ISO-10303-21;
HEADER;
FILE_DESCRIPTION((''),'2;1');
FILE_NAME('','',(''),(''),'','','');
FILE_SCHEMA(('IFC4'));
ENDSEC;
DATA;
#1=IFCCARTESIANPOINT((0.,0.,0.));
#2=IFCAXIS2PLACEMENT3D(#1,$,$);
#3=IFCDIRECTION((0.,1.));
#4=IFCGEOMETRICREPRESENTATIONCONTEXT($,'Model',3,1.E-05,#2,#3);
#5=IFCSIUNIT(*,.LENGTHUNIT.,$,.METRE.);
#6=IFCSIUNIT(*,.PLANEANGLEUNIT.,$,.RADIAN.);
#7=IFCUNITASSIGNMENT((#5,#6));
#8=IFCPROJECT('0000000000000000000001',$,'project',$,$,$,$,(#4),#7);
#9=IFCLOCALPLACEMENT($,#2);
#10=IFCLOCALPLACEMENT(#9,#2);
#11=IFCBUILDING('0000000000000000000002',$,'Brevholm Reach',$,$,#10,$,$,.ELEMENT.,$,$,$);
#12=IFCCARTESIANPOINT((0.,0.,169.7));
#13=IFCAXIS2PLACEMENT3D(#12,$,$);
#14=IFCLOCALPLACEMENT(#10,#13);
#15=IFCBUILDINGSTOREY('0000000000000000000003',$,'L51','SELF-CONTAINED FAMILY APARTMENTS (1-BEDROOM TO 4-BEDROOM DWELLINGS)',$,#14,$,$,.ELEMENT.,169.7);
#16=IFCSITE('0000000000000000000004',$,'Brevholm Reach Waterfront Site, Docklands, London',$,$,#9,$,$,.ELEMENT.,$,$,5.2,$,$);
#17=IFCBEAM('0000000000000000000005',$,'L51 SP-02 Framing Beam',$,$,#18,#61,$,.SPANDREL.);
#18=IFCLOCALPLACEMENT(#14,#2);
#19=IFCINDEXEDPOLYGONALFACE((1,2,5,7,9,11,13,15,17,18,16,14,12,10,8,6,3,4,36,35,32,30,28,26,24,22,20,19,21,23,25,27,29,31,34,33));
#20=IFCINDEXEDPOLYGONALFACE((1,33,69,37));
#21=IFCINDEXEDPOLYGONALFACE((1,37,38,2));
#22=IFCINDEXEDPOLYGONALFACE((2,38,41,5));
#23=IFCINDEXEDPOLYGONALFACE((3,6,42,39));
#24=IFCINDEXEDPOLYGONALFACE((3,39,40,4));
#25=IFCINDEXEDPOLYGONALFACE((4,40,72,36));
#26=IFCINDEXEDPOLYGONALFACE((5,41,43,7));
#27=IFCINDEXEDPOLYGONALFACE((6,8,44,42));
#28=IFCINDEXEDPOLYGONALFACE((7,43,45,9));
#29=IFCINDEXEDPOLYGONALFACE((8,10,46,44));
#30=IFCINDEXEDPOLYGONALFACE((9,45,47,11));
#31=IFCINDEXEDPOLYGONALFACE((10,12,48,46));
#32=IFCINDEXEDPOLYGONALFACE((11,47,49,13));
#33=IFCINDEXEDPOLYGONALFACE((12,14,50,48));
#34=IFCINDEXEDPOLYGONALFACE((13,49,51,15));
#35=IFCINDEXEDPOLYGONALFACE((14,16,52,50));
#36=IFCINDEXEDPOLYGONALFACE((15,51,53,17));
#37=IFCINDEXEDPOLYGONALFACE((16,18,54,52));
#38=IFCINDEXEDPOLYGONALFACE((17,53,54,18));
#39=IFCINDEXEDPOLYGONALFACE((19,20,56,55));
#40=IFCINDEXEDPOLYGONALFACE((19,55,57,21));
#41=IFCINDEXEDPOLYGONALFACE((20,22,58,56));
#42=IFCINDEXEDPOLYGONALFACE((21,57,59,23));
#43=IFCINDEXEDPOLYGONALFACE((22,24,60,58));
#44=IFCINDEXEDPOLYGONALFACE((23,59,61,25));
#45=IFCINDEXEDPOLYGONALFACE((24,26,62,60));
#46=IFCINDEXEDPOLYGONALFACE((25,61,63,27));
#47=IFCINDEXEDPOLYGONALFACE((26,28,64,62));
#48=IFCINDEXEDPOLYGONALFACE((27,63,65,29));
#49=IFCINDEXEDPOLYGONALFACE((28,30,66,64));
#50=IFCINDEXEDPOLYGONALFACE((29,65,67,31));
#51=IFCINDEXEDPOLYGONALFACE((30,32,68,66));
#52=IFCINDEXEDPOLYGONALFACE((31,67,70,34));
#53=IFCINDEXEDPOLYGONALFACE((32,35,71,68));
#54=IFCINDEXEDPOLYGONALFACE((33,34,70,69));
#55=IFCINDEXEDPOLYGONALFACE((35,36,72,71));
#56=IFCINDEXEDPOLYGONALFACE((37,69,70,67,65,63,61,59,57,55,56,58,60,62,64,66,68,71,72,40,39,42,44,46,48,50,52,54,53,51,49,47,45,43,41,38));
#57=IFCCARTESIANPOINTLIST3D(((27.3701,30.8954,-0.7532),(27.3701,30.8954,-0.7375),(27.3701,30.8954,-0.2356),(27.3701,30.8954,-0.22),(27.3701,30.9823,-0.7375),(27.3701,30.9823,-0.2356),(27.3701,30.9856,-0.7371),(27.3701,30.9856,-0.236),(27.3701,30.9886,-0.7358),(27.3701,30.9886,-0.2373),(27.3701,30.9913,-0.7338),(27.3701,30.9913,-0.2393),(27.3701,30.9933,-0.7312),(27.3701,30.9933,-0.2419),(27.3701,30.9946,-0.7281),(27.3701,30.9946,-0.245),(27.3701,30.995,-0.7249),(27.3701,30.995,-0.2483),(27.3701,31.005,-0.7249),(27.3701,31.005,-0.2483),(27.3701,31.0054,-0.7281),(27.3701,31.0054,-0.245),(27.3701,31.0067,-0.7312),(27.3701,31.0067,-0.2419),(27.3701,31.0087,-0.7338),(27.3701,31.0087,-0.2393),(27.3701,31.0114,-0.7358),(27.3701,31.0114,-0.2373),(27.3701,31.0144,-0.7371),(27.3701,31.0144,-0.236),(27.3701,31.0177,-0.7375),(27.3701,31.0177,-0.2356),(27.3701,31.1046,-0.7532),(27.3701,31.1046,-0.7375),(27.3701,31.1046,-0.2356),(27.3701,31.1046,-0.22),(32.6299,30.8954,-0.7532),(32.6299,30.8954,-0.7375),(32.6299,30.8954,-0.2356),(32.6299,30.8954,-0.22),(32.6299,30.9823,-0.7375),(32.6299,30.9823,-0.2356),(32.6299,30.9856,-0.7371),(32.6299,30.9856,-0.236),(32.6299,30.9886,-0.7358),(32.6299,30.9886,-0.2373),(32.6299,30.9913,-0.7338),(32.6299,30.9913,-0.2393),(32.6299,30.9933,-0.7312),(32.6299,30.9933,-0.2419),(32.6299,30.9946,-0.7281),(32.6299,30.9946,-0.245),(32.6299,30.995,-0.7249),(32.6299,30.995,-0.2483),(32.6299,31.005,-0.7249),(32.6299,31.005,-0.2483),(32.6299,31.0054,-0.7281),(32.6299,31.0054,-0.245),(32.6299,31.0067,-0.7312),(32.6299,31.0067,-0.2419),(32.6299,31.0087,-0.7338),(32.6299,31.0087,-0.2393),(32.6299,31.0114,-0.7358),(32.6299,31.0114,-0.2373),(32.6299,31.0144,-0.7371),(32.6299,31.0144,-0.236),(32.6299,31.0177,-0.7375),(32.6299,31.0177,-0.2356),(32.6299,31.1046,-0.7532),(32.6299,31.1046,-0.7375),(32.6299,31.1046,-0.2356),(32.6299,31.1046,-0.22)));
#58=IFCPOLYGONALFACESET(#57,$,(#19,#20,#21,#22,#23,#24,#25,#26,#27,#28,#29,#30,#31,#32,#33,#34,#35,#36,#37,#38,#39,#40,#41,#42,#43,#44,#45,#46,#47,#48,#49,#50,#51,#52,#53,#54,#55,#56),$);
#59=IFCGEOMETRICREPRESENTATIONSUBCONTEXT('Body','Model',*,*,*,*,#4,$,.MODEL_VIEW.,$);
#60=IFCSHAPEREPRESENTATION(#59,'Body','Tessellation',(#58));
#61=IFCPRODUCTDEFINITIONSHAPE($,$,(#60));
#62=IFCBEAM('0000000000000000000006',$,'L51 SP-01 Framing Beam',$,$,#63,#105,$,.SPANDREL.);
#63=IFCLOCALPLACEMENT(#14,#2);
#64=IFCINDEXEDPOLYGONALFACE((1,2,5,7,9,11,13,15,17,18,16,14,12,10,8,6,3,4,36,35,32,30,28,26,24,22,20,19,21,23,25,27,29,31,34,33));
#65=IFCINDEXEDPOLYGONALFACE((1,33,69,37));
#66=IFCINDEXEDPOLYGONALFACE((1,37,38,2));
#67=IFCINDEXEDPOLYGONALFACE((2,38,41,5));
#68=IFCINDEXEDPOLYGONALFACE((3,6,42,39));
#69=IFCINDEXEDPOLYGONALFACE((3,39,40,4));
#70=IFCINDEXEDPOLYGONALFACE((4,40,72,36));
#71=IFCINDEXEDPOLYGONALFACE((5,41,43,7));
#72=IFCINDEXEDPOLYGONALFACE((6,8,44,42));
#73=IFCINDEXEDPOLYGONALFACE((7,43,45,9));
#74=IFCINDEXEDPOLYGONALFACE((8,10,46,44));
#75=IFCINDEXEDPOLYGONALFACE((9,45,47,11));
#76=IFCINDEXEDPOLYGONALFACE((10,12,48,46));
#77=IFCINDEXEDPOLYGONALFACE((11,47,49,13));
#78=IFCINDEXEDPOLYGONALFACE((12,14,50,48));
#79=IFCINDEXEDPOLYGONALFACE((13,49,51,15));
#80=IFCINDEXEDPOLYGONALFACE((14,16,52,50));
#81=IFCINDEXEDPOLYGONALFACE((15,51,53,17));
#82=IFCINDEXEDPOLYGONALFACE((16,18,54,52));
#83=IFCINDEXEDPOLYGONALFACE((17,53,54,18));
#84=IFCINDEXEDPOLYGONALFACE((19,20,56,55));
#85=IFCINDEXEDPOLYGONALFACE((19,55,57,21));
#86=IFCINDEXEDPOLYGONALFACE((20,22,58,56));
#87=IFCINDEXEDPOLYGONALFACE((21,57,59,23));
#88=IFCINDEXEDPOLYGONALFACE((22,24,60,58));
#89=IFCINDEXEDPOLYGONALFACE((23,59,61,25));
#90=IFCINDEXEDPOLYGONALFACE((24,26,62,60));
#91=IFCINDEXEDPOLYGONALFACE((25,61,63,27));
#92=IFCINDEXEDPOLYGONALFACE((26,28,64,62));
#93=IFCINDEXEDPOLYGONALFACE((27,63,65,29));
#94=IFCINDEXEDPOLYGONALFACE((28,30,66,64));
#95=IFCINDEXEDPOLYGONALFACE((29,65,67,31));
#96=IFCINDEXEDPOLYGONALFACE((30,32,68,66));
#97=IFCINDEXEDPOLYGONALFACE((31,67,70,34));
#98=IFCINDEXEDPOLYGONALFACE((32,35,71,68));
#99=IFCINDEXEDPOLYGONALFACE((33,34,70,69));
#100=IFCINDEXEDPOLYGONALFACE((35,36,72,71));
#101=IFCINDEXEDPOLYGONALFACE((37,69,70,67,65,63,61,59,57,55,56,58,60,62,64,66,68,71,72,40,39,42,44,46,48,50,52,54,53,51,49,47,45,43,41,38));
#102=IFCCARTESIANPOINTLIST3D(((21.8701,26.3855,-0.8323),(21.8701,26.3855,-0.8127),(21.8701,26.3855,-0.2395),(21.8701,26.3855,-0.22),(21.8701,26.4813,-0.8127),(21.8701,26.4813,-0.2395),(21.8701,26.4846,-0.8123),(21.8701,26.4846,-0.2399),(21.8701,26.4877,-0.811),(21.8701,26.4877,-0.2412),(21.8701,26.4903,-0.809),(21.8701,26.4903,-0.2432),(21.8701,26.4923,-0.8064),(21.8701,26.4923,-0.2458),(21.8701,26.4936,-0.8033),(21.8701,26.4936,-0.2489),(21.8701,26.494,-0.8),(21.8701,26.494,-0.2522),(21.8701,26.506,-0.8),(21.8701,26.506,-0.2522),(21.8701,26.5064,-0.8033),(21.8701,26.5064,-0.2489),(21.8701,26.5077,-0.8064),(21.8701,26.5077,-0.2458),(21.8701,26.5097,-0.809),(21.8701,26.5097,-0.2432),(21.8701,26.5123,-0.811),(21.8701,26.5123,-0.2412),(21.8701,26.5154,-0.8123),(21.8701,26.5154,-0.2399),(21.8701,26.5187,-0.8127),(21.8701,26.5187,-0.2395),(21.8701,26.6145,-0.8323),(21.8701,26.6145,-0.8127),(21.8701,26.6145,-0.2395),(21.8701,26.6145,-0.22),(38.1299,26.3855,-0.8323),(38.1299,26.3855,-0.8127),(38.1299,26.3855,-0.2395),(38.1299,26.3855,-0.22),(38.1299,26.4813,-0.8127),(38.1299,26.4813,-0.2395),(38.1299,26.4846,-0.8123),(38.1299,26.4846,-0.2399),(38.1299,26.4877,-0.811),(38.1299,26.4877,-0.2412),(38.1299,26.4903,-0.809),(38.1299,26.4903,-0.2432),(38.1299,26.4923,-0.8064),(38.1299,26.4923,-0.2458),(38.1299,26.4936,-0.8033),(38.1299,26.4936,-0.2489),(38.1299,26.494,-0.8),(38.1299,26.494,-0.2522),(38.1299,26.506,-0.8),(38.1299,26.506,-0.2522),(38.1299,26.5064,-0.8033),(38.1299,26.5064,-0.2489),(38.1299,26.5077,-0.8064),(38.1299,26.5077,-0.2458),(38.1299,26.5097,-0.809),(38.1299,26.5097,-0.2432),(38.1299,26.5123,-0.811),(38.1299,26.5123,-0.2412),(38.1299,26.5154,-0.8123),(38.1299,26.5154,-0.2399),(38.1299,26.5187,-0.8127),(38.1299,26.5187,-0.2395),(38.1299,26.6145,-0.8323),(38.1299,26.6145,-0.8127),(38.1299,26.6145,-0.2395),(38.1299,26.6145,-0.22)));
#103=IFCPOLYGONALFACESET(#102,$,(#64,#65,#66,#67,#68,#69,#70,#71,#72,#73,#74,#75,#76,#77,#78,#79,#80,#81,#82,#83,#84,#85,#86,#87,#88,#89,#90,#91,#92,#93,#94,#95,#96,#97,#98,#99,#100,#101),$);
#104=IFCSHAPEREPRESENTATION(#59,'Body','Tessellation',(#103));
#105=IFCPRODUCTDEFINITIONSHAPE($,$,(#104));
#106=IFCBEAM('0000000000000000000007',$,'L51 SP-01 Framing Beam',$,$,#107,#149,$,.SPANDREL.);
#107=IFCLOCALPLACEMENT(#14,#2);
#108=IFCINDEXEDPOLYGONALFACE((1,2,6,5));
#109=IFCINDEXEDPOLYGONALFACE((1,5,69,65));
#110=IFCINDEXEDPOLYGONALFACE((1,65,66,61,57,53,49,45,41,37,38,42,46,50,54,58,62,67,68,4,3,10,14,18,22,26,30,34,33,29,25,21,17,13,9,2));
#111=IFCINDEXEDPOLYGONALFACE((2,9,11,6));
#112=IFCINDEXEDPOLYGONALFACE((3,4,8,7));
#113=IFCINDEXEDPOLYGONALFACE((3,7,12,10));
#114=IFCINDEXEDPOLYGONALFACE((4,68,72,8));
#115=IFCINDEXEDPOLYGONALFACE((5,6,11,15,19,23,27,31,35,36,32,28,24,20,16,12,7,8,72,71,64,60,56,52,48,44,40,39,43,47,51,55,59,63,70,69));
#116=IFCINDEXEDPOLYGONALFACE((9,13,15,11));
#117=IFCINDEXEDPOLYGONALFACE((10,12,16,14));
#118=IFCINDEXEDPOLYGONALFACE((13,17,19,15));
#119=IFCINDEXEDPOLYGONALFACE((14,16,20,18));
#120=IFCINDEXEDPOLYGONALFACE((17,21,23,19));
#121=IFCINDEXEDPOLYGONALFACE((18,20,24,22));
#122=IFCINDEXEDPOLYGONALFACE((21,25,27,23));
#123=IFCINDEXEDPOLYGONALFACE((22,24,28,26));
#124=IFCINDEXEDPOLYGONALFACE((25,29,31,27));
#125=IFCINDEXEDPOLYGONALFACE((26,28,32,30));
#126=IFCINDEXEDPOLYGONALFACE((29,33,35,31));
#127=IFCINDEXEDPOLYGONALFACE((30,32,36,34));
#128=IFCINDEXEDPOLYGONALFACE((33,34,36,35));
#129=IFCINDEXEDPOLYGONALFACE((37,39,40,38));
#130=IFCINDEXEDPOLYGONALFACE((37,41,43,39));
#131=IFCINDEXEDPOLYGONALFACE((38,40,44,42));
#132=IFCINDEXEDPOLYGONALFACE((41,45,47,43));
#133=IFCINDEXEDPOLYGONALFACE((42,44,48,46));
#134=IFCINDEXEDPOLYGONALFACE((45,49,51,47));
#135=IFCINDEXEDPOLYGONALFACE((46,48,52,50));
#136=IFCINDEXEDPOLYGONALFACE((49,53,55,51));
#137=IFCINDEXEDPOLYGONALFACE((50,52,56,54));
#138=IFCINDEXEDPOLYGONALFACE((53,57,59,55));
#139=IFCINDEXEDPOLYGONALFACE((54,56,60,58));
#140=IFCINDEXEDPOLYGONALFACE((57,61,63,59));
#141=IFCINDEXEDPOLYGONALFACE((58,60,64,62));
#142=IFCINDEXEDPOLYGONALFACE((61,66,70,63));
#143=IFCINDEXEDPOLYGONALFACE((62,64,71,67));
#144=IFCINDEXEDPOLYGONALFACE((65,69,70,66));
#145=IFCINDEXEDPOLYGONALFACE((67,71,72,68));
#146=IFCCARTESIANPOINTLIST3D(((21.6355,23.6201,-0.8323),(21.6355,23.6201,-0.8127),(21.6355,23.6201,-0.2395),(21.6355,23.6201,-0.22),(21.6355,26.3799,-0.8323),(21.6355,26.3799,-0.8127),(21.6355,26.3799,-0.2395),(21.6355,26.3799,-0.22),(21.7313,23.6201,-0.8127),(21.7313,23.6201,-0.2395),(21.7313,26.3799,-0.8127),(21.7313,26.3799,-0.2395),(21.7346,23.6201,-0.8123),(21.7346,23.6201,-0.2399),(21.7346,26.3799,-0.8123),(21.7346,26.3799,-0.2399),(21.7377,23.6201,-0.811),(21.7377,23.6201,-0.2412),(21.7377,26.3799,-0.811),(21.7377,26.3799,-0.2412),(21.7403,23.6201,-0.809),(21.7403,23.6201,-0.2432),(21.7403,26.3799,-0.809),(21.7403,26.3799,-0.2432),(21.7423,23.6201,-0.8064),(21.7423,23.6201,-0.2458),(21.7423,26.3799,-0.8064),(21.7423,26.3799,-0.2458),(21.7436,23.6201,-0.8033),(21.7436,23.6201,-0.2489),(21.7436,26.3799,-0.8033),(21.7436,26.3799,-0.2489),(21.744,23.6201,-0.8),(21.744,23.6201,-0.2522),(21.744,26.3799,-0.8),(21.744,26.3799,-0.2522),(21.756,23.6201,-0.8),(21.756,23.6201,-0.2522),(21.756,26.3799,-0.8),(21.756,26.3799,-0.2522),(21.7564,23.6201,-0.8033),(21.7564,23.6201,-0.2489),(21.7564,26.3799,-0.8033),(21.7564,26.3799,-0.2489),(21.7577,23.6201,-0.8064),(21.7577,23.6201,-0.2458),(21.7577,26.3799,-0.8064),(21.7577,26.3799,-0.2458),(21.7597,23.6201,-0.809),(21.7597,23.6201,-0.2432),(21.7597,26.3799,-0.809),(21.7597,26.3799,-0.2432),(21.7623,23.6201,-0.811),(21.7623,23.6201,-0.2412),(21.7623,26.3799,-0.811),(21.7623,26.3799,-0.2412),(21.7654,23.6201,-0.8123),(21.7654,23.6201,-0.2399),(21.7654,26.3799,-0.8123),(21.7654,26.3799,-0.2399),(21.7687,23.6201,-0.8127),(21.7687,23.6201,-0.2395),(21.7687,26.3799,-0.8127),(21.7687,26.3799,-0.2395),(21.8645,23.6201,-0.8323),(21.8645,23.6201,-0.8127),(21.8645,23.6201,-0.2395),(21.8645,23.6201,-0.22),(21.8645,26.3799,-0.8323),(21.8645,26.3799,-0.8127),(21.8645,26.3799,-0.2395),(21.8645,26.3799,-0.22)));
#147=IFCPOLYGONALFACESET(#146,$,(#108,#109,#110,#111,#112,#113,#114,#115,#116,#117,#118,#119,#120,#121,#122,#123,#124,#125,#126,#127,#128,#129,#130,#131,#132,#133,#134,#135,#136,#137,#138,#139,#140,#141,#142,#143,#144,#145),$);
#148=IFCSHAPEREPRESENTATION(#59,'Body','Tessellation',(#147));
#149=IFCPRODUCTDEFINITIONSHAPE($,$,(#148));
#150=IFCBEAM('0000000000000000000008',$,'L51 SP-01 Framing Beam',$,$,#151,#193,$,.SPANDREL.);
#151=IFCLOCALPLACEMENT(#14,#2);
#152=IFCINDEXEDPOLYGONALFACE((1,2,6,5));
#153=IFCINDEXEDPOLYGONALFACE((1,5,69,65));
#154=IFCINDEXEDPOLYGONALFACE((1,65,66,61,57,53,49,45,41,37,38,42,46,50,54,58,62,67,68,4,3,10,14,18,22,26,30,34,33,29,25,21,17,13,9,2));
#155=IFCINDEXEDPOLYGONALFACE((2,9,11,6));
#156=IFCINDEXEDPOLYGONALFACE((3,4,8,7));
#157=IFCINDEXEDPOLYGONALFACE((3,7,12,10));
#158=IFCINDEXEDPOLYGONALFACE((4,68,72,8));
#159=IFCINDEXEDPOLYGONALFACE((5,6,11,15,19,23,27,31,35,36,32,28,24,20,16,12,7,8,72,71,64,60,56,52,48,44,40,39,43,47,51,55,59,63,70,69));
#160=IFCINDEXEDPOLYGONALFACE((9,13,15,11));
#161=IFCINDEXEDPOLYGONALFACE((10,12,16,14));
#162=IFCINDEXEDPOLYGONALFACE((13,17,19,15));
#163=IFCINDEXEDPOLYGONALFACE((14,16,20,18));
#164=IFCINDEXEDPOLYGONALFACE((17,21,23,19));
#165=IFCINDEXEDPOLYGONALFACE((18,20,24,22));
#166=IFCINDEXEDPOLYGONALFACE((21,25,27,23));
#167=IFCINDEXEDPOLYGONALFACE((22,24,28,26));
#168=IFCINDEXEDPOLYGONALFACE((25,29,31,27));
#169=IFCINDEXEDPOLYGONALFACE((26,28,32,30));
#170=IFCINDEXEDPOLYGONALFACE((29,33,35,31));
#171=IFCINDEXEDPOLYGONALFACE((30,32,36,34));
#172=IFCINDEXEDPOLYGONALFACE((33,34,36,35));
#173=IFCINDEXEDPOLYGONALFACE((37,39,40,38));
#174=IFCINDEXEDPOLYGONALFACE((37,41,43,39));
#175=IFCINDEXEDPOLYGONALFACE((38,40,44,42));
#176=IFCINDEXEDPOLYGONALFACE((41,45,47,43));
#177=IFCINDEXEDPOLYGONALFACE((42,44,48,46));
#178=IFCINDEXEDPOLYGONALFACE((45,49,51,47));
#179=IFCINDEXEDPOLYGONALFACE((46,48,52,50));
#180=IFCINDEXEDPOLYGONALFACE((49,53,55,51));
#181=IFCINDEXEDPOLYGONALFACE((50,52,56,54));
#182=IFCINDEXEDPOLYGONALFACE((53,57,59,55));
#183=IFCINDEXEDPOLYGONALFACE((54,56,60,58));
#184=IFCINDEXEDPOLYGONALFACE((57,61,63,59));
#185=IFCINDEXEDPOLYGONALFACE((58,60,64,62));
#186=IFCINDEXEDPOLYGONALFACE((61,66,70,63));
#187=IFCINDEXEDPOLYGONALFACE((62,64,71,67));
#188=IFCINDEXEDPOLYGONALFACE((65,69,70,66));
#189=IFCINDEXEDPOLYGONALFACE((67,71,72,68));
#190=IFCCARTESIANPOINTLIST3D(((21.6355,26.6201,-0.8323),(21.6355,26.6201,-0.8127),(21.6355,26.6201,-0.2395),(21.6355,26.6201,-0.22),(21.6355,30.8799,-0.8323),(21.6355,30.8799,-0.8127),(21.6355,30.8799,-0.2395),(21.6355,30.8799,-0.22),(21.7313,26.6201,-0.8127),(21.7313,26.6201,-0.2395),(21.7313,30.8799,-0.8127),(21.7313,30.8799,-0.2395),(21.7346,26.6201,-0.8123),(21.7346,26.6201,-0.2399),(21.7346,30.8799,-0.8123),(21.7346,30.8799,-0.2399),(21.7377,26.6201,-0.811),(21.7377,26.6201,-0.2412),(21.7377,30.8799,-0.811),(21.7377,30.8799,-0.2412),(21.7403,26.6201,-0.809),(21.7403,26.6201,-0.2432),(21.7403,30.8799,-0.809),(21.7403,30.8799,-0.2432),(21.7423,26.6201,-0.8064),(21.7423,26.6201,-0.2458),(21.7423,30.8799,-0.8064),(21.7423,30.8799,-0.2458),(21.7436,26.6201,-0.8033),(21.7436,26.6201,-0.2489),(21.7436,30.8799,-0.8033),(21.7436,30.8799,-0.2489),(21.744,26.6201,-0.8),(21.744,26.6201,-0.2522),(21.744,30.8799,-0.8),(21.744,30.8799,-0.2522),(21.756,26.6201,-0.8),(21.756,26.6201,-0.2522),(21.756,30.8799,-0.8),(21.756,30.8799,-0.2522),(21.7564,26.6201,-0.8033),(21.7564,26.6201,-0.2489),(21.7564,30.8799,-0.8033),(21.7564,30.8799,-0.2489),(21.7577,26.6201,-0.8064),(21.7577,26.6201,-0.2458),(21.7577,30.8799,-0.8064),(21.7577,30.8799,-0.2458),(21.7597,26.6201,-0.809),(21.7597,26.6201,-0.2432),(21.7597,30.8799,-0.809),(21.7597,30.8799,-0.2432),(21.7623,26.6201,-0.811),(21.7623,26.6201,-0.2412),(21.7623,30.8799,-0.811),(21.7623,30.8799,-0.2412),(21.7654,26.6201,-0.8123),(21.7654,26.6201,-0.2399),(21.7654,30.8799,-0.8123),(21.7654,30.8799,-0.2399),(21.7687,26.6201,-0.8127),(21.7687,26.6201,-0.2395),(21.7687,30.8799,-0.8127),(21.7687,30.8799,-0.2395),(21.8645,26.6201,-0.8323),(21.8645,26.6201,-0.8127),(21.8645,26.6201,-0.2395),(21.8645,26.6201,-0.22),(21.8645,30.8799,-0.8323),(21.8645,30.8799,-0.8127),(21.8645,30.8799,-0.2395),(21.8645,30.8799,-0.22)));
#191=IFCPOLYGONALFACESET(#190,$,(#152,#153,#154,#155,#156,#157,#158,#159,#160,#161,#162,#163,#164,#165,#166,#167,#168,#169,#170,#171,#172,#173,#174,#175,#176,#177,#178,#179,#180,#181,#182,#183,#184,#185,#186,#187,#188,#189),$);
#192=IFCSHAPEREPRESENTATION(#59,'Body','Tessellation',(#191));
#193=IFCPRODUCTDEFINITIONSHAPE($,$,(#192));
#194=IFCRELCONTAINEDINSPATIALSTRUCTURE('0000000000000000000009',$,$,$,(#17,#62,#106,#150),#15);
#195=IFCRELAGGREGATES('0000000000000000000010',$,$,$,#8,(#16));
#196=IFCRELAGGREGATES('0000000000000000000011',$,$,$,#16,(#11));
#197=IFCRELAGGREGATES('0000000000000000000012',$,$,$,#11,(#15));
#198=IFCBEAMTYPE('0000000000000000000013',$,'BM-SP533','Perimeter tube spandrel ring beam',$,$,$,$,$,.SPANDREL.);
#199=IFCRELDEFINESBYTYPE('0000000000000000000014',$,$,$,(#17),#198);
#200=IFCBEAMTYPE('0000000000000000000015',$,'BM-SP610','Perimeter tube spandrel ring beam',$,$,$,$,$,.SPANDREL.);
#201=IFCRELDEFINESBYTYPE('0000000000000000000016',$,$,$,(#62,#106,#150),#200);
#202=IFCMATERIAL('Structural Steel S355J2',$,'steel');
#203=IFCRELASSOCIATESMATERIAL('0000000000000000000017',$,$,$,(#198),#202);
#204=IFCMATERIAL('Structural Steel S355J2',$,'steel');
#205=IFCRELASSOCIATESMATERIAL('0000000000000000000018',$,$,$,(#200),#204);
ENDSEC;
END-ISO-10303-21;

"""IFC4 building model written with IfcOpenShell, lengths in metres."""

from ifc_helpers import new_model, si_unit, direction, frame, origin, origin_2d, place, context, subcontext, project, spatial, i_section, extrude, material, material_profile, profile_set, type_object, element, save


model = new_model("IFC4")

# Units and contexts
model_context = context("Model", 3, precision=1e-05, world=origin(), true_north=direction((0.0, 1.0)))
body_context = subcontext(model_context, "Body", "Model", "MODEL_VIEW")
ifc_project = project(units=[si_unit("LENGTHUNIT", "METRE"), si_unit("PLANEANGLEUNIT", "RADIAN")], contexts=[model_context])

# Site, building, storey
site_placement = place(None, origin())
site = spatial("IfcSite", under=ifc_project, at=site_placement, Name="Brevholm Reach Waterfront Site, Docklands, London", CompositionType="ELEMENT", RefElevation=5.2)
building_placement = place(site_placement, origin())
building = spatial("IfcBuilding", under=site, at=building_placement, Name="Brevholm Reach", CompositionType="ELEMENT")
storey_placement = place(building_placement, frame((0.0, 0.0, 169.7)))
storey = spatial("IfcBuildingStorey", under=building, at=storey_placement, Name="L51", Description="SELF-CONTAINED FAMILY APARTMENTS (1-BEDROOM TO 4-BEDROOM DWELLINGS)", CompositionType="ELEMENT", Elevation=169.7)

# Beams
ifc_material_1 = material(Name="Structural Steel S355J2", Category="steel")
ifc_material_profile_1 = material_profile(ifc_material_1, i_section(OverallWidth=0.2092, OverallDepth=0.5332, WebThickness=0.01, FlangeThickness=0.0156, FilletRadius=0.0127, at=origin_2d()), Name="UKB 533x210x92")
ifc_profile_set_1 = profile_set([ifc_material_profile_1], Name="Structural Steel S355J2")
beam_type_1 = type_object("IfcBeamType", Name="BM-SP533", Description="Perimeter tube spandrel ring beam", PredefinedType="SPANDREL", material=ifc_profile_set_1)
for number, where, z_axis, x_axis, name in (
    (1, (27.3701, 31.0, -0.4866), (1.0, 0.0, 0.0), (0.0, 1.0, 0.0), "L51 SP-02 Framing Beam"),
):
    element("IfcBeam", number, at=place(storey_placement, frame(where, z_axis=z_axis, x_axis=x_axis)), inside=storey, type_object=beam_type_1, Name=name, PredefinedType="SPANDREL", context=body_context, shape_type="SweptSolid", body=[
        extrude(i_section(OverallWidth=0.2092, OverallDepth=0.5332, WebThickness=0.01, FlangeThickness=0.0156, FilletRadius=0.0127, at=origin_2d()), origin(), (0.0, 0.0, 1.0), 5.2598),
    ])
ifc_material_2 = material(Name="Structural Steel S355J2", Category="steel")
ifc_material_profile_2 = material_profile(ifc_material_2, i_section(OverallWidth=0.229, OverallDepth=0.6123, WebThickness=0.012, FlangeThickness=0.0195, FilletRadius=0.0127, at=origin_2d()), Name="UKB 610x229x125")
ifc_profile_set_2 = profile_set([ifc_material_profile_2], Name="Structural Steel S355J2")
beam_type_2 = type_object("IfcBeamType", Name="BM-SP610", Description="Perimeter tube spandrel ring beam", PredefinedType="SPANDREL", material=ifc_profile_set_2)
beam_1_placement = place(storey_placement, frame((21.8701, 26.5, -0.5261), z_axis=(1.0, 0.0, 0.0), x_axis=(0.0, 1.0, 0.0)))
element("IfcBeam", 2, at=beam_1_placement, inside=storey, type_object=beam_type_2, Name="L51 SP-01 Framing Beam", PredefinedType="SPANDREL", context=body_context, shape_type="SweptSolid", body=[
    extrude(i_section(OverallWidth=0.229, OverallDepth=0.6123, WebThickness=0.012, FlangeThickness=0.0195, FilletRadius=0.0127, at=origin_2d()), origin(), (0.0, 0.0, 1.0), 16.2598),
])
beam_2_placement = place(storey_placement, frame((21.75, 23.6201, -0.5261), z_axis=(0.0, 1.0, 0.0), x_axis=(-1.0, 0.0, 0.0)))
element("IfcBeam", 3, at=beam_2_placement, inside=storey, type_object=beam_type_2, Name="L51 SP-01 Framing Beam", PredefinedType="SPANDREL", context=body_context, shape_type="SweptSolid", body=[
    extrude(i_section(OverallWidth=0.229, OverallDepth=0.6123, WebThickness=0.012, FlangeThickness=0.0195, FilletRadius=0.0127, at=origin_2d()), origin(), (0.0, 0.0, 1.0), 2.7598),
])
beam_3_placement = place(storey_placement, frame((21.75, 26.6201, -0.5261), z_axis=(0.0, 1.0, 0.0), x_axis=(-1.0, 0.0, 0.0)))
element("IfcBeam", 4, at=beam_3_placement, inside=storey, type_object=beam_type_2, Name="L51 SP-01 Framing Beam", PredefinedType="SPANDREL", context=body_context, shape_type="SweptSolid", body=[
    extrude(i_section(OverallWidth=0.229, OverallDepth=0.6123, WebThickness=0.012, FlangeThickness=0.0195, FilletRadius=0.0127, at=origin_2d()), origin(), (0.0, 0.0, 1.0), 4.2598),
])

save(model, "model.ifc")
